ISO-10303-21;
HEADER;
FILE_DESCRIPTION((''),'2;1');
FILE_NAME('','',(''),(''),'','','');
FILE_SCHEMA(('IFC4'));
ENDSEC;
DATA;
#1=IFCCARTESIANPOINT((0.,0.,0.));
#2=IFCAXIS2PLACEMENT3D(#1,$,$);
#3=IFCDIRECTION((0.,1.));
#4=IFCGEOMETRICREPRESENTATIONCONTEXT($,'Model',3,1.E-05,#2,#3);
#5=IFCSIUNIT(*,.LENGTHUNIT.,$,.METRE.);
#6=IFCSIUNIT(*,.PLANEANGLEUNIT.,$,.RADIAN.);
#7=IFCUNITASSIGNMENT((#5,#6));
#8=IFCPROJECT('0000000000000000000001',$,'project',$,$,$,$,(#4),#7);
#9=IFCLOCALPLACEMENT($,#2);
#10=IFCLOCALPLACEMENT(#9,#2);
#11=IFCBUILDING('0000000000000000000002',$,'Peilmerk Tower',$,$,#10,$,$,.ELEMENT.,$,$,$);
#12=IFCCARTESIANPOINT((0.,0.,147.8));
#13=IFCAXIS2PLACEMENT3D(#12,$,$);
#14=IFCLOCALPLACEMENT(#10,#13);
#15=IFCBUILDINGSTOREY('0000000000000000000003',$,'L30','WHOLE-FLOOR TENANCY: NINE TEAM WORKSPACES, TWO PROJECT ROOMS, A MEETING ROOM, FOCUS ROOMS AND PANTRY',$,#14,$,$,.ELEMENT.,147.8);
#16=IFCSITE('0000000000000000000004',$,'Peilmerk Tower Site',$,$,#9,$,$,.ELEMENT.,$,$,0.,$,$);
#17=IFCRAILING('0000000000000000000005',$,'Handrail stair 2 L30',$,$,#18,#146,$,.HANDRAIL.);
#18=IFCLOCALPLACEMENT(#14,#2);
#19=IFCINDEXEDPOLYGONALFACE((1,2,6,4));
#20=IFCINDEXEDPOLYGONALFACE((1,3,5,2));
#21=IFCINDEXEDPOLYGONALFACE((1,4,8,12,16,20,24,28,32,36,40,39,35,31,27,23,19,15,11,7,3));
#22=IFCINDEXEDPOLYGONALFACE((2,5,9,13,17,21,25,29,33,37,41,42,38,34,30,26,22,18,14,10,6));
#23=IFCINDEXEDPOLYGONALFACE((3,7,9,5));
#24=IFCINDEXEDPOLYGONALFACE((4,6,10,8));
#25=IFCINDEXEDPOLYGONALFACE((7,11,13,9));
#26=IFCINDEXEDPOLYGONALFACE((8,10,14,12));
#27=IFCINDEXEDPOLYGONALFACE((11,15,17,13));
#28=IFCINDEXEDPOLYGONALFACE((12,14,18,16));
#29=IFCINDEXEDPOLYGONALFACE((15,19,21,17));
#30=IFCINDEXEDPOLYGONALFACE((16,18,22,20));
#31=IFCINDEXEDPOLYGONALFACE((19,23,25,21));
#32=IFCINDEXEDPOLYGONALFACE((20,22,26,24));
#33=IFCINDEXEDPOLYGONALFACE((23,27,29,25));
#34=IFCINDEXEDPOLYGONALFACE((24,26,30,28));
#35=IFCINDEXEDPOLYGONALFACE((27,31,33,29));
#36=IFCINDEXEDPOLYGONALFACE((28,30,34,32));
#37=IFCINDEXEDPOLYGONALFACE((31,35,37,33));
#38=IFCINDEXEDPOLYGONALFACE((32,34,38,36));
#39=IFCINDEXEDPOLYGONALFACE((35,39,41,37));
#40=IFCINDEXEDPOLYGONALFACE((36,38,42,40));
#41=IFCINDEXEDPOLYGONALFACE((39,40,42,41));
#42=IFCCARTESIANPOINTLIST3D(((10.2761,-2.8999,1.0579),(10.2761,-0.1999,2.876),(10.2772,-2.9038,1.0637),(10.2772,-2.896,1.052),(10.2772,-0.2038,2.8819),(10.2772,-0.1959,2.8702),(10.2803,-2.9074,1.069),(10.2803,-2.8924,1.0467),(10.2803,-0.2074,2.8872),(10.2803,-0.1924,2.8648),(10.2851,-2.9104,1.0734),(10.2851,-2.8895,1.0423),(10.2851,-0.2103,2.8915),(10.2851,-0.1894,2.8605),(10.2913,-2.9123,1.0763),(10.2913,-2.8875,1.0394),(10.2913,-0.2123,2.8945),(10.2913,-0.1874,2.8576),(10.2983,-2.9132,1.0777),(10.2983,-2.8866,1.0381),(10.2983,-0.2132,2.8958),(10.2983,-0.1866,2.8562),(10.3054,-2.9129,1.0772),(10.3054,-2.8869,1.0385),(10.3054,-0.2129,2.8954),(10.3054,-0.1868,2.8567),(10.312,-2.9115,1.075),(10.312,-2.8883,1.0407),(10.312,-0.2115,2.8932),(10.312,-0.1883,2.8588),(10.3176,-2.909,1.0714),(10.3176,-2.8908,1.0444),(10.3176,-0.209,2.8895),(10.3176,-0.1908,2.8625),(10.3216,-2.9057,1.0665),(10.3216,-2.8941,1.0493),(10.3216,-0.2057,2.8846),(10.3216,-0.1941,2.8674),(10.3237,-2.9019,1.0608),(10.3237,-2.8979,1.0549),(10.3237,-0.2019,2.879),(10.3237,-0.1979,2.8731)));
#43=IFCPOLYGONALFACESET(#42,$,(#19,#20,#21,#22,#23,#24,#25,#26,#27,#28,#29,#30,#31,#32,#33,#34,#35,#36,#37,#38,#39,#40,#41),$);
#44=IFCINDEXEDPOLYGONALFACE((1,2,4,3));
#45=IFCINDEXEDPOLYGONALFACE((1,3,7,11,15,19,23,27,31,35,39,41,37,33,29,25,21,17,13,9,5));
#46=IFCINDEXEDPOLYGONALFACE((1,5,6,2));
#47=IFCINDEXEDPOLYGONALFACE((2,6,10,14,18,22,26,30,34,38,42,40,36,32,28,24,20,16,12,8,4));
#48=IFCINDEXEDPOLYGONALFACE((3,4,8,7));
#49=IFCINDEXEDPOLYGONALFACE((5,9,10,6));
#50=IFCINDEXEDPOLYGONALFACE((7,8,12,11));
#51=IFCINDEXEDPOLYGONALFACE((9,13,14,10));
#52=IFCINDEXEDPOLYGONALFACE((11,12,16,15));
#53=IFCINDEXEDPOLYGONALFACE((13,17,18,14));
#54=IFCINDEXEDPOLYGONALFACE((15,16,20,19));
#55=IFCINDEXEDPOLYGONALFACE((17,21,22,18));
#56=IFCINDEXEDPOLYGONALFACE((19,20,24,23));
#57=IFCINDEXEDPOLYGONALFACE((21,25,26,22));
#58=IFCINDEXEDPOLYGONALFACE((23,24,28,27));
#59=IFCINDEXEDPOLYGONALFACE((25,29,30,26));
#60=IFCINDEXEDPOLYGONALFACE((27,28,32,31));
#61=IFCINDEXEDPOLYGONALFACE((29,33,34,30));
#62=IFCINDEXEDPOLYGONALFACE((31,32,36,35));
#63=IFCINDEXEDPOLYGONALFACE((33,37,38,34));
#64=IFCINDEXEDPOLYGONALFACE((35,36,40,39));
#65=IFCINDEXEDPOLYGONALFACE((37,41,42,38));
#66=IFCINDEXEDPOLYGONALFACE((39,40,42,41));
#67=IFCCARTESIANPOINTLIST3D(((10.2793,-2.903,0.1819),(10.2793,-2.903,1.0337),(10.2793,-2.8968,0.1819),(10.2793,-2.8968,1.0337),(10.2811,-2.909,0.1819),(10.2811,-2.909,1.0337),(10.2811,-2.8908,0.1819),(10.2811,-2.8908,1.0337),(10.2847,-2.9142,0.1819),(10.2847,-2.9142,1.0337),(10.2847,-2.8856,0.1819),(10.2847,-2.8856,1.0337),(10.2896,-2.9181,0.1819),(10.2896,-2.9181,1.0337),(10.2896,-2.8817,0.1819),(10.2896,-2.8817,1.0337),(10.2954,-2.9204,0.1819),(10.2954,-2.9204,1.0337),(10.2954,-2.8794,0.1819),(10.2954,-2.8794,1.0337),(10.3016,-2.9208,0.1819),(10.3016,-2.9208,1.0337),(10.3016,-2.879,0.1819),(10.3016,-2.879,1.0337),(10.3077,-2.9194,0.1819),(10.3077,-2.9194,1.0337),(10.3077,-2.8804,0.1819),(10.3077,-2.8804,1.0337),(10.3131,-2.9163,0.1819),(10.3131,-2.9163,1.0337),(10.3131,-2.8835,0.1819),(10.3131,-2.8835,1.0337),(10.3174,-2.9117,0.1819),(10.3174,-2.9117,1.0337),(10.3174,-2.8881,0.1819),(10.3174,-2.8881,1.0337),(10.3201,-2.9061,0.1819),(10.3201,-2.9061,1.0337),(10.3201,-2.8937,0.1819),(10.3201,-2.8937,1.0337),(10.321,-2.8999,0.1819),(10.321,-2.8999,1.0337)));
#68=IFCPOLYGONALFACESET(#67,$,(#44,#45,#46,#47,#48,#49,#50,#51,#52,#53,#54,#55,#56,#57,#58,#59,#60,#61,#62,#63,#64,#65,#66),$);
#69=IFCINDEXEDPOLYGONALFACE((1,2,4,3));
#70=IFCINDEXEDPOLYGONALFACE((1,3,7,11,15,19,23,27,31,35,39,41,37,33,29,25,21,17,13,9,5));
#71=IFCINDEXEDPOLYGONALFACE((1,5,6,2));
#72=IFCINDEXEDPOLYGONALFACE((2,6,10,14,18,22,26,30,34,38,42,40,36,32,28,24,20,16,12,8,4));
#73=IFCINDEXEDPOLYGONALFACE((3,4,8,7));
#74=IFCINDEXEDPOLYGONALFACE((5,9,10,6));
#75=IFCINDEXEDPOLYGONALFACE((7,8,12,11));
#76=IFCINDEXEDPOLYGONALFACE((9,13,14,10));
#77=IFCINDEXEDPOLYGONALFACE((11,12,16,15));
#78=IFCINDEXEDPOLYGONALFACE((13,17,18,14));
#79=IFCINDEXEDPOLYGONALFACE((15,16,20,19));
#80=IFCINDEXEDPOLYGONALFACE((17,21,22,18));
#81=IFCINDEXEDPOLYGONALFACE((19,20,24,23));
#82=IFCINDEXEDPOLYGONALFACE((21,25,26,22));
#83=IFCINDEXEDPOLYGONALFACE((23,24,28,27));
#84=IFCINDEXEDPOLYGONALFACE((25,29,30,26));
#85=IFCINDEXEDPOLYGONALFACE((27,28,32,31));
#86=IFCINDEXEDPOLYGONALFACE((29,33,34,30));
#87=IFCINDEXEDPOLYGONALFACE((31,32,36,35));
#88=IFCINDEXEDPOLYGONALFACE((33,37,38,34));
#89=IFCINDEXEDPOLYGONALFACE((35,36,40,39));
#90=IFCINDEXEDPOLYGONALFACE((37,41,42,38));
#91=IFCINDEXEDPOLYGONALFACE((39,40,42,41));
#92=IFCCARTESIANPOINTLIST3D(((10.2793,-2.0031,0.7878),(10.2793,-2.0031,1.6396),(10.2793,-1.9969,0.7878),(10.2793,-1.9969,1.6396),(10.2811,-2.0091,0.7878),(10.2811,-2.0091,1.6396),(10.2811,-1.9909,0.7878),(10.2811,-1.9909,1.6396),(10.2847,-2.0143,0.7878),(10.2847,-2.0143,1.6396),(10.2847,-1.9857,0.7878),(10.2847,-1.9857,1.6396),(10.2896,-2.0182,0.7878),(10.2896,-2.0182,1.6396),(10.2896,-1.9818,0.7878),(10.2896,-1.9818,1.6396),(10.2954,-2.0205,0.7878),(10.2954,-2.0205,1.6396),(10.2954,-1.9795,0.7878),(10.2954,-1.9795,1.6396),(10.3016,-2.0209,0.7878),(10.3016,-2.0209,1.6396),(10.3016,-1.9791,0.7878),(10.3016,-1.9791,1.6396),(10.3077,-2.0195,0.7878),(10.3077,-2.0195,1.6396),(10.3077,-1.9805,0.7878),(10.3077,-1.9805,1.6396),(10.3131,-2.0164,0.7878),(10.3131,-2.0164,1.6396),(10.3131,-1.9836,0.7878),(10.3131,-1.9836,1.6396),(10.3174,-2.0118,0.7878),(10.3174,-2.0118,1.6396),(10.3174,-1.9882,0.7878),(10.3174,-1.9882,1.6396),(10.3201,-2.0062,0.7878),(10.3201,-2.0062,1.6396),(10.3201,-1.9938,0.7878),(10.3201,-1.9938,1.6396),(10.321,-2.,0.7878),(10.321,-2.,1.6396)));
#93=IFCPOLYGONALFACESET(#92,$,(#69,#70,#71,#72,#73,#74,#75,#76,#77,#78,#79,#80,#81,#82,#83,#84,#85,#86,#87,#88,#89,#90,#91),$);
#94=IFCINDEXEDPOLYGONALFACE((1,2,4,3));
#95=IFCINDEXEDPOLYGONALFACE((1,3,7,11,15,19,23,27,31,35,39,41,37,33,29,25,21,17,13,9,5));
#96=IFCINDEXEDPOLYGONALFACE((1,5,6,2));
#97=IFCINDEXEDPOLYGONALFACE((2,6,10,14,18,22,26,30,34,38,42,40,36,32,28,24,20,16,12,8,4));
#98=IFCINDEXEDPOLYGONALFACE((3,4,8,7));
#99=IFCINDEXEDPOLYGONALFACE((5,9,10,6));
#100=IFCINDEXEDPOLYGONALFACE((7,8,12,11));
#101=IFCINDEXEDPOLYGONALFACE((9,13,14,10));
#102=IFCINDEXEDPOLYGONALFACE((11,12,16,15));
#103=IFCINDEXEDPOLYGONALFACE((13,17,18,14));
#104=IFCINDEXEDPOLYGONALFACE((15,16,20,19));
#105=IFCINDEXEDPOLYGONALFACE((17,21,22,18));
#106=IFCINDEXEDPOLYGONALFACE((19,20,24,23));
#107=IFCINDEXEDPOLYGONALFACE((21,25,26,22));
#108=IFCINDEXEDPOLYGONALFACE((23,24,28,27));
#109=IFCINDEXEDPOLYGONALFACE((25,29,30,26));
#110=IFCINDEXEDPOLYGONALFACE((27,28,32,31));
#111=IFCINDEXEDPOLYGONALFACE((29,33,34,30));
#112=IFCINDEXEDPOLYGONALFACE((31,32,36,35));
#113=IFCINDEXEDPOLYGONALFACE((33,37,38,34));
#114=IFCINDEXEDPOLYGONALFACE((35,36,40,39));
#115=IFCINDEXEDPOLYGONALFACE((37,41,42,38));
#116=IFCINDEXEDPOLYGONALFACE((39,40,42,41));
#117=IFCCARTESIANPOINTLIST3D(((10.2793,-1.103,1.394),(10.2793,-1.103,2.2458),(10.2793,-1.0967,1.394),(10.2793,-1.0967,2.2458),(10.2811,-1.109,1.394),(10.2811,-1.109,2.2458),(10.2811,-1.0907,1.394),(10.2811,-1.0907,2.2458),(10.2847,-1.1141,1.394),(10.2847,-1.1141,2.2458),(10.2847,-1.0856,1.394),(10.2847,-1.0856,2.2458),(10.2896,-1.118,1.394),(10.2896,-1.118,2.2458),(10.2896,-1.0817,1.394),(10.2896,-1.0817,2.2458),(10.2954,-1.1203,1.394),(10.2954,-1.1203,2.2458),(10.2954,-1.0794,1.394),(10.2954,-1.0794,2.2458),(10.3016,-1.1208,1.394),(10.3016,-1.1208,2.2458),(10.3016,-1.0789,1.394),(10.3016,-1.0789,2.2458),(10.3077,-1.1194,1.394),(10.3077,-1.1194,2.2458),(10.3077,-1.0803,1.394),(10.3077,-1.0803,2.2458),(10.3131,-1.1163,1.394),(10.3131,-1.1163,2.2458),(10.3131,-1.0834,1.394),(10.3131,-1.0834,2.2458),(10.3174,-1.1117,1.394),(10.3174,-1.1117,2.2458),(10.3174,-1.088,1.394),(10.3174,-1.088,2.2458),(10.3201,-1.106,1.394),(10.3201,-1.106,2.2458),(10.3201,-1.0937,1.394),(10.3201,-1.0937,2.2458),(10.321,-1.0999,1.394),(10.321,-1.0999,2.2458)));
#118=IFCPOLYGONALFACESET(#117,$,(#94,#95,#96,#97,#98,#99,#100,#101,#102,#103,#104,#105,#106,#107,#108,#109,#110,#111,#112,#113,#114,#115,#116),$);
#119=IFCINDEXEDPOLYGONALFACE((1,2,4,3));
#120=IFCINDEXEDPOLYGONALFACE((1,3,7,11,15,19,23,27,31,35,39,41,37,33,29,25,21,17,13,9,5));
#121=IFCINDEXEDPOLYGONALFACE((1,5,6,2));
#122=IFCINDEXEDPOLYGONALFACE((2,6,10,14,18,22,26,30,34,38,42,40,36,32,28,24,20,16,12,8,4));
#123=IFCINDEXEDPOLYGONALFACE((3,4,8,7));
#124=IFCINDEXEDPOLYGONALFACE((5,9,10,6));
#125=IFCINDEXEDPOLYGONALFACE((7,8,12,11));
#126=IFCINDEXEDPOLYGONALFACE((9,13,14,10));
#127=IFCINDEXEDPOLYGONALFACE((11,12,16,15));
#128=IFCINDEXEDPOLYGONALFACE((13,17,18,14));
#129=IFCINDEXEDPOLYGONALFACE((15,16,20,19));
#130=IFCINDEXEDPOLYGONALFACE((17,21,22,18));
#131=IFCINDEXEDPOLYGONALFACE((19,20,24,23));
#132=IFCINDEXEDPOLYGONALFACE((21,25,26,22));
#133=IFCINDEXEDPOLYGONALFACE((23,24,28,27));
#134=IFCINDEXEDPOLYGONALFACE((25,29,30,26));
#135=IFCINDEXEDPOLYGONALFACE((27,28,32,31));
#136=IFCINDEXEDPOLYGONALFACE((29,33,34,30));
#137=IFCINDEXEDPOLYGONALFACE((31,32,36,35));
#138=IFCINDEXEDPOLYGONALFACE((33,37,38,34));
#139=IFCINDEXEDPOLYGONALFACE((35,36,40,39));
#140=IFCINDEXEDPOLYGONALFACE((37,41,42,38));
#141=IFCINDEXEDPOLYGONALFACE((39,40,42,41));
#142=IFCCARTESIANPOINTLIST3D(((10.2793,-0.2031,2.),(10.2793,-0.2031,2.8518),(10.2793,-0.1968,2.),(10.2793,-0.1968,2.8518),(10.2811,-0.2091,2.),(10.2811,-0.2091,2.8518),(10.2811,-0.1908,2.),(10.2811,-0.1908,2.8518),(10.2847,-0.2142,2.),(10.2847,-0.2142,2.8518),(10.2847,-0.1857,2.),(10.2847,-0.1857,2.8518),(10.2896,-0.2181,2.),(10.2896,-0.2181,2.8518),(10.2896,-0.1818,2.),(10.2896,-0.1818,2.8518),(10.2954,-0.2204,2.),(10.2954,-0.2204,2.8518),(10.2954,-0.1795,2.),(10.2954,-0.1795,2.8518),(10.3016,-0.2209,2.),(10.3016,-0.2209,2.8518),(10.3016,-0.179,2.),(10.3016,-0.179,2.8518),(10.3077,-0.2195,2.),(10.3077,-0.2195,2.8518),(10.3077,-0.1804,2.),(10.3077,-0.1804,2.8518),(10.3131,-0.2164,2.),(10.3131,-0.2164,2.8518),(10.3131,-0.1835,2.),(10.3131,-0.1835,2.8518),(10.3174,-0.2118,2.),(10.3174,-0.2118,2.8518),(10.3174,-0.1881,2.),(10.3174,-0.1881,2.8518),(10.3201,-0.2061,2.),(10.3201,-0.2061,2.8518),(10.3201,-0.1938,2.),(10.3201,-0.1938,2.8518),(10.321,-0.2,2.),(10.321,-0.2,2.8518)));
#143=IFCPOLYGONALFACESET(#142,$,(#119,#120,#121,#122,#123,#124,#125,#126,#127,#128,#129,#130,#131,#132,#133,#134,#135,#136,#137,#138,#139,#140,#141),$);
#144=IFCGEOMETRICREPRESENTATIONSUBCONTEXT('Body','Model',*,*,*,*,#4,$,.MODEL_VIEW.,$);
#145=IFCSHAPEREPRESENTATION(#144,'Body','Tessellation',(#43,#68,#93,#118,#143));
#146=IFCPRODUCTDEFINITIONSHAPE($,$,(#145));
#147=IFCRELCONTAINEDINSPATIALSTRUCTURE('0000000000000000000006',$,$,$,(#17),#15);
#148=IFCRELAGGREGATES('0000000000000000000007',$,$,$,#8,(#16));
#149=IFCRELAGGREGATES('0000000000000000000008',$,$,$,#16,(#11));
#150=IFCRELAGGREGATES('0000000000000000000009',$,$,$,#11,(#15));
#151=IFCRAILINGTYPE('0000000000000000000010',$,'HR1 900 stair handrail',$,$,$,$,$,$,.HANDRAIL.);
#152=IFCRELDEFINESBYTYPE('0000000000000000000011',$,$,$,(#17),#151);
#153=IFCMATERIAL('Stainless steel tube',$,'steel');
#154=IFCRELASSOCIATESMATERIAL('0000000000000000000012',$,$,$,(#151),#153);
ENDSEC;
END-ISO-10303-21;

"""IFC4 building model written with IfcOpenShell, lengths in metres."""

from ifc_helpers import new_model, si_unit, direction, frame, origin, origin_2d, place, context, subcontext, project, spatial, circle, extrude, material, type_object, element, save


model = new_model("IFC4")

# Units and contexts
model_context = context("Model", 3, precision=1e-05, world=origin(), true_north=direction((0.0, 1.0)))
body_context = subcontext(model_context, "Body", "Model", "MODEL_VIEW")
ifc_project = project(units=[si_unit("LENGTHUNIT", "METRE"), si_unit("PLANEANGLEUNIT", "RADIAN")], contexts=[model_context])

# Site, building, storey
site_placement = place(None, origin())
site = spatial("IfcSite", under=ifc_project, at=site_placement, Name="Peilmerk Tower Site", CompositionType="ELEMENT", RefElevation=0.0)
building_placement = place(site_placement, origin())
building = spatial("IfcBuilding", under=site, at=building_placement, Name="Peilmerk Tower", CompositionType="ELEMENT")
storey_placement = place(building_placement, frame((0.0, 0.0, 147.8)))
storey = spatial("IfcBuildingStorey", under=building, at=storey_placement, Name="L30", Description="WHOLE-FLOOR TENANCY: NINE TEAM WORKSPACES, TWO PROJECT ROOMS, A MEETING ROOM, FOCUS ROOMS AND PANTRY", CompositionType="ELEMENT", Elevation=147.8)

# Railing
ifc_material_1 = material(Name="Stainless steel tube", Category="steel")
railing_type_1 = type_object("IfcRailingType", Name="HR1 900 stair handrail", PredefinedType="HANDRAIL", material=ifc_material_1)
railing_1_placement = place(storey_placement, frame((10.3, -2.8999, 0.1819)))
element("IfcRailing", 1, at=railing_1_placement, inside=storey, type_object=railing_type_1, Name="Handrail stair 2 L30", PredefinedType="HANDRAIL", context=body_context, shape_type="SweptSolid", body=[
    extrude(circle(Radius=0.0239, at=origin_2d()), frame((0.0, 0.0, 0.876), z_axis=(0.0, 0.829468, 0.558554), x_axis=(-1.0, 0.0, 0.0)), (0.0, 0.0, 1.0), 3.2551),
    extrude(circle(Radius=0.021, at=origin_2d()), origin(), (0.0, 0.0, 1.0), 0.8518),
    extrude(circle(Radius=0.021, at=origin_2d()), frame((0.0, 0.8999, 0.606)), (0.0, 0.0, 1.0), 0.8518),
    extrude(circle(Radius=0.021, at=origin_2d()), frame((0.0, 1.8, 1.2122)), (0.0, 0.0, 1.0), 0.8518),
    extrude(circle(Radius=0.021, at=origin_2d()), frame((0.0, 2.7, 1.8181)), (0.0, 0.0, 1.0), 0.8518),
])

save(model, "model.ifc")
